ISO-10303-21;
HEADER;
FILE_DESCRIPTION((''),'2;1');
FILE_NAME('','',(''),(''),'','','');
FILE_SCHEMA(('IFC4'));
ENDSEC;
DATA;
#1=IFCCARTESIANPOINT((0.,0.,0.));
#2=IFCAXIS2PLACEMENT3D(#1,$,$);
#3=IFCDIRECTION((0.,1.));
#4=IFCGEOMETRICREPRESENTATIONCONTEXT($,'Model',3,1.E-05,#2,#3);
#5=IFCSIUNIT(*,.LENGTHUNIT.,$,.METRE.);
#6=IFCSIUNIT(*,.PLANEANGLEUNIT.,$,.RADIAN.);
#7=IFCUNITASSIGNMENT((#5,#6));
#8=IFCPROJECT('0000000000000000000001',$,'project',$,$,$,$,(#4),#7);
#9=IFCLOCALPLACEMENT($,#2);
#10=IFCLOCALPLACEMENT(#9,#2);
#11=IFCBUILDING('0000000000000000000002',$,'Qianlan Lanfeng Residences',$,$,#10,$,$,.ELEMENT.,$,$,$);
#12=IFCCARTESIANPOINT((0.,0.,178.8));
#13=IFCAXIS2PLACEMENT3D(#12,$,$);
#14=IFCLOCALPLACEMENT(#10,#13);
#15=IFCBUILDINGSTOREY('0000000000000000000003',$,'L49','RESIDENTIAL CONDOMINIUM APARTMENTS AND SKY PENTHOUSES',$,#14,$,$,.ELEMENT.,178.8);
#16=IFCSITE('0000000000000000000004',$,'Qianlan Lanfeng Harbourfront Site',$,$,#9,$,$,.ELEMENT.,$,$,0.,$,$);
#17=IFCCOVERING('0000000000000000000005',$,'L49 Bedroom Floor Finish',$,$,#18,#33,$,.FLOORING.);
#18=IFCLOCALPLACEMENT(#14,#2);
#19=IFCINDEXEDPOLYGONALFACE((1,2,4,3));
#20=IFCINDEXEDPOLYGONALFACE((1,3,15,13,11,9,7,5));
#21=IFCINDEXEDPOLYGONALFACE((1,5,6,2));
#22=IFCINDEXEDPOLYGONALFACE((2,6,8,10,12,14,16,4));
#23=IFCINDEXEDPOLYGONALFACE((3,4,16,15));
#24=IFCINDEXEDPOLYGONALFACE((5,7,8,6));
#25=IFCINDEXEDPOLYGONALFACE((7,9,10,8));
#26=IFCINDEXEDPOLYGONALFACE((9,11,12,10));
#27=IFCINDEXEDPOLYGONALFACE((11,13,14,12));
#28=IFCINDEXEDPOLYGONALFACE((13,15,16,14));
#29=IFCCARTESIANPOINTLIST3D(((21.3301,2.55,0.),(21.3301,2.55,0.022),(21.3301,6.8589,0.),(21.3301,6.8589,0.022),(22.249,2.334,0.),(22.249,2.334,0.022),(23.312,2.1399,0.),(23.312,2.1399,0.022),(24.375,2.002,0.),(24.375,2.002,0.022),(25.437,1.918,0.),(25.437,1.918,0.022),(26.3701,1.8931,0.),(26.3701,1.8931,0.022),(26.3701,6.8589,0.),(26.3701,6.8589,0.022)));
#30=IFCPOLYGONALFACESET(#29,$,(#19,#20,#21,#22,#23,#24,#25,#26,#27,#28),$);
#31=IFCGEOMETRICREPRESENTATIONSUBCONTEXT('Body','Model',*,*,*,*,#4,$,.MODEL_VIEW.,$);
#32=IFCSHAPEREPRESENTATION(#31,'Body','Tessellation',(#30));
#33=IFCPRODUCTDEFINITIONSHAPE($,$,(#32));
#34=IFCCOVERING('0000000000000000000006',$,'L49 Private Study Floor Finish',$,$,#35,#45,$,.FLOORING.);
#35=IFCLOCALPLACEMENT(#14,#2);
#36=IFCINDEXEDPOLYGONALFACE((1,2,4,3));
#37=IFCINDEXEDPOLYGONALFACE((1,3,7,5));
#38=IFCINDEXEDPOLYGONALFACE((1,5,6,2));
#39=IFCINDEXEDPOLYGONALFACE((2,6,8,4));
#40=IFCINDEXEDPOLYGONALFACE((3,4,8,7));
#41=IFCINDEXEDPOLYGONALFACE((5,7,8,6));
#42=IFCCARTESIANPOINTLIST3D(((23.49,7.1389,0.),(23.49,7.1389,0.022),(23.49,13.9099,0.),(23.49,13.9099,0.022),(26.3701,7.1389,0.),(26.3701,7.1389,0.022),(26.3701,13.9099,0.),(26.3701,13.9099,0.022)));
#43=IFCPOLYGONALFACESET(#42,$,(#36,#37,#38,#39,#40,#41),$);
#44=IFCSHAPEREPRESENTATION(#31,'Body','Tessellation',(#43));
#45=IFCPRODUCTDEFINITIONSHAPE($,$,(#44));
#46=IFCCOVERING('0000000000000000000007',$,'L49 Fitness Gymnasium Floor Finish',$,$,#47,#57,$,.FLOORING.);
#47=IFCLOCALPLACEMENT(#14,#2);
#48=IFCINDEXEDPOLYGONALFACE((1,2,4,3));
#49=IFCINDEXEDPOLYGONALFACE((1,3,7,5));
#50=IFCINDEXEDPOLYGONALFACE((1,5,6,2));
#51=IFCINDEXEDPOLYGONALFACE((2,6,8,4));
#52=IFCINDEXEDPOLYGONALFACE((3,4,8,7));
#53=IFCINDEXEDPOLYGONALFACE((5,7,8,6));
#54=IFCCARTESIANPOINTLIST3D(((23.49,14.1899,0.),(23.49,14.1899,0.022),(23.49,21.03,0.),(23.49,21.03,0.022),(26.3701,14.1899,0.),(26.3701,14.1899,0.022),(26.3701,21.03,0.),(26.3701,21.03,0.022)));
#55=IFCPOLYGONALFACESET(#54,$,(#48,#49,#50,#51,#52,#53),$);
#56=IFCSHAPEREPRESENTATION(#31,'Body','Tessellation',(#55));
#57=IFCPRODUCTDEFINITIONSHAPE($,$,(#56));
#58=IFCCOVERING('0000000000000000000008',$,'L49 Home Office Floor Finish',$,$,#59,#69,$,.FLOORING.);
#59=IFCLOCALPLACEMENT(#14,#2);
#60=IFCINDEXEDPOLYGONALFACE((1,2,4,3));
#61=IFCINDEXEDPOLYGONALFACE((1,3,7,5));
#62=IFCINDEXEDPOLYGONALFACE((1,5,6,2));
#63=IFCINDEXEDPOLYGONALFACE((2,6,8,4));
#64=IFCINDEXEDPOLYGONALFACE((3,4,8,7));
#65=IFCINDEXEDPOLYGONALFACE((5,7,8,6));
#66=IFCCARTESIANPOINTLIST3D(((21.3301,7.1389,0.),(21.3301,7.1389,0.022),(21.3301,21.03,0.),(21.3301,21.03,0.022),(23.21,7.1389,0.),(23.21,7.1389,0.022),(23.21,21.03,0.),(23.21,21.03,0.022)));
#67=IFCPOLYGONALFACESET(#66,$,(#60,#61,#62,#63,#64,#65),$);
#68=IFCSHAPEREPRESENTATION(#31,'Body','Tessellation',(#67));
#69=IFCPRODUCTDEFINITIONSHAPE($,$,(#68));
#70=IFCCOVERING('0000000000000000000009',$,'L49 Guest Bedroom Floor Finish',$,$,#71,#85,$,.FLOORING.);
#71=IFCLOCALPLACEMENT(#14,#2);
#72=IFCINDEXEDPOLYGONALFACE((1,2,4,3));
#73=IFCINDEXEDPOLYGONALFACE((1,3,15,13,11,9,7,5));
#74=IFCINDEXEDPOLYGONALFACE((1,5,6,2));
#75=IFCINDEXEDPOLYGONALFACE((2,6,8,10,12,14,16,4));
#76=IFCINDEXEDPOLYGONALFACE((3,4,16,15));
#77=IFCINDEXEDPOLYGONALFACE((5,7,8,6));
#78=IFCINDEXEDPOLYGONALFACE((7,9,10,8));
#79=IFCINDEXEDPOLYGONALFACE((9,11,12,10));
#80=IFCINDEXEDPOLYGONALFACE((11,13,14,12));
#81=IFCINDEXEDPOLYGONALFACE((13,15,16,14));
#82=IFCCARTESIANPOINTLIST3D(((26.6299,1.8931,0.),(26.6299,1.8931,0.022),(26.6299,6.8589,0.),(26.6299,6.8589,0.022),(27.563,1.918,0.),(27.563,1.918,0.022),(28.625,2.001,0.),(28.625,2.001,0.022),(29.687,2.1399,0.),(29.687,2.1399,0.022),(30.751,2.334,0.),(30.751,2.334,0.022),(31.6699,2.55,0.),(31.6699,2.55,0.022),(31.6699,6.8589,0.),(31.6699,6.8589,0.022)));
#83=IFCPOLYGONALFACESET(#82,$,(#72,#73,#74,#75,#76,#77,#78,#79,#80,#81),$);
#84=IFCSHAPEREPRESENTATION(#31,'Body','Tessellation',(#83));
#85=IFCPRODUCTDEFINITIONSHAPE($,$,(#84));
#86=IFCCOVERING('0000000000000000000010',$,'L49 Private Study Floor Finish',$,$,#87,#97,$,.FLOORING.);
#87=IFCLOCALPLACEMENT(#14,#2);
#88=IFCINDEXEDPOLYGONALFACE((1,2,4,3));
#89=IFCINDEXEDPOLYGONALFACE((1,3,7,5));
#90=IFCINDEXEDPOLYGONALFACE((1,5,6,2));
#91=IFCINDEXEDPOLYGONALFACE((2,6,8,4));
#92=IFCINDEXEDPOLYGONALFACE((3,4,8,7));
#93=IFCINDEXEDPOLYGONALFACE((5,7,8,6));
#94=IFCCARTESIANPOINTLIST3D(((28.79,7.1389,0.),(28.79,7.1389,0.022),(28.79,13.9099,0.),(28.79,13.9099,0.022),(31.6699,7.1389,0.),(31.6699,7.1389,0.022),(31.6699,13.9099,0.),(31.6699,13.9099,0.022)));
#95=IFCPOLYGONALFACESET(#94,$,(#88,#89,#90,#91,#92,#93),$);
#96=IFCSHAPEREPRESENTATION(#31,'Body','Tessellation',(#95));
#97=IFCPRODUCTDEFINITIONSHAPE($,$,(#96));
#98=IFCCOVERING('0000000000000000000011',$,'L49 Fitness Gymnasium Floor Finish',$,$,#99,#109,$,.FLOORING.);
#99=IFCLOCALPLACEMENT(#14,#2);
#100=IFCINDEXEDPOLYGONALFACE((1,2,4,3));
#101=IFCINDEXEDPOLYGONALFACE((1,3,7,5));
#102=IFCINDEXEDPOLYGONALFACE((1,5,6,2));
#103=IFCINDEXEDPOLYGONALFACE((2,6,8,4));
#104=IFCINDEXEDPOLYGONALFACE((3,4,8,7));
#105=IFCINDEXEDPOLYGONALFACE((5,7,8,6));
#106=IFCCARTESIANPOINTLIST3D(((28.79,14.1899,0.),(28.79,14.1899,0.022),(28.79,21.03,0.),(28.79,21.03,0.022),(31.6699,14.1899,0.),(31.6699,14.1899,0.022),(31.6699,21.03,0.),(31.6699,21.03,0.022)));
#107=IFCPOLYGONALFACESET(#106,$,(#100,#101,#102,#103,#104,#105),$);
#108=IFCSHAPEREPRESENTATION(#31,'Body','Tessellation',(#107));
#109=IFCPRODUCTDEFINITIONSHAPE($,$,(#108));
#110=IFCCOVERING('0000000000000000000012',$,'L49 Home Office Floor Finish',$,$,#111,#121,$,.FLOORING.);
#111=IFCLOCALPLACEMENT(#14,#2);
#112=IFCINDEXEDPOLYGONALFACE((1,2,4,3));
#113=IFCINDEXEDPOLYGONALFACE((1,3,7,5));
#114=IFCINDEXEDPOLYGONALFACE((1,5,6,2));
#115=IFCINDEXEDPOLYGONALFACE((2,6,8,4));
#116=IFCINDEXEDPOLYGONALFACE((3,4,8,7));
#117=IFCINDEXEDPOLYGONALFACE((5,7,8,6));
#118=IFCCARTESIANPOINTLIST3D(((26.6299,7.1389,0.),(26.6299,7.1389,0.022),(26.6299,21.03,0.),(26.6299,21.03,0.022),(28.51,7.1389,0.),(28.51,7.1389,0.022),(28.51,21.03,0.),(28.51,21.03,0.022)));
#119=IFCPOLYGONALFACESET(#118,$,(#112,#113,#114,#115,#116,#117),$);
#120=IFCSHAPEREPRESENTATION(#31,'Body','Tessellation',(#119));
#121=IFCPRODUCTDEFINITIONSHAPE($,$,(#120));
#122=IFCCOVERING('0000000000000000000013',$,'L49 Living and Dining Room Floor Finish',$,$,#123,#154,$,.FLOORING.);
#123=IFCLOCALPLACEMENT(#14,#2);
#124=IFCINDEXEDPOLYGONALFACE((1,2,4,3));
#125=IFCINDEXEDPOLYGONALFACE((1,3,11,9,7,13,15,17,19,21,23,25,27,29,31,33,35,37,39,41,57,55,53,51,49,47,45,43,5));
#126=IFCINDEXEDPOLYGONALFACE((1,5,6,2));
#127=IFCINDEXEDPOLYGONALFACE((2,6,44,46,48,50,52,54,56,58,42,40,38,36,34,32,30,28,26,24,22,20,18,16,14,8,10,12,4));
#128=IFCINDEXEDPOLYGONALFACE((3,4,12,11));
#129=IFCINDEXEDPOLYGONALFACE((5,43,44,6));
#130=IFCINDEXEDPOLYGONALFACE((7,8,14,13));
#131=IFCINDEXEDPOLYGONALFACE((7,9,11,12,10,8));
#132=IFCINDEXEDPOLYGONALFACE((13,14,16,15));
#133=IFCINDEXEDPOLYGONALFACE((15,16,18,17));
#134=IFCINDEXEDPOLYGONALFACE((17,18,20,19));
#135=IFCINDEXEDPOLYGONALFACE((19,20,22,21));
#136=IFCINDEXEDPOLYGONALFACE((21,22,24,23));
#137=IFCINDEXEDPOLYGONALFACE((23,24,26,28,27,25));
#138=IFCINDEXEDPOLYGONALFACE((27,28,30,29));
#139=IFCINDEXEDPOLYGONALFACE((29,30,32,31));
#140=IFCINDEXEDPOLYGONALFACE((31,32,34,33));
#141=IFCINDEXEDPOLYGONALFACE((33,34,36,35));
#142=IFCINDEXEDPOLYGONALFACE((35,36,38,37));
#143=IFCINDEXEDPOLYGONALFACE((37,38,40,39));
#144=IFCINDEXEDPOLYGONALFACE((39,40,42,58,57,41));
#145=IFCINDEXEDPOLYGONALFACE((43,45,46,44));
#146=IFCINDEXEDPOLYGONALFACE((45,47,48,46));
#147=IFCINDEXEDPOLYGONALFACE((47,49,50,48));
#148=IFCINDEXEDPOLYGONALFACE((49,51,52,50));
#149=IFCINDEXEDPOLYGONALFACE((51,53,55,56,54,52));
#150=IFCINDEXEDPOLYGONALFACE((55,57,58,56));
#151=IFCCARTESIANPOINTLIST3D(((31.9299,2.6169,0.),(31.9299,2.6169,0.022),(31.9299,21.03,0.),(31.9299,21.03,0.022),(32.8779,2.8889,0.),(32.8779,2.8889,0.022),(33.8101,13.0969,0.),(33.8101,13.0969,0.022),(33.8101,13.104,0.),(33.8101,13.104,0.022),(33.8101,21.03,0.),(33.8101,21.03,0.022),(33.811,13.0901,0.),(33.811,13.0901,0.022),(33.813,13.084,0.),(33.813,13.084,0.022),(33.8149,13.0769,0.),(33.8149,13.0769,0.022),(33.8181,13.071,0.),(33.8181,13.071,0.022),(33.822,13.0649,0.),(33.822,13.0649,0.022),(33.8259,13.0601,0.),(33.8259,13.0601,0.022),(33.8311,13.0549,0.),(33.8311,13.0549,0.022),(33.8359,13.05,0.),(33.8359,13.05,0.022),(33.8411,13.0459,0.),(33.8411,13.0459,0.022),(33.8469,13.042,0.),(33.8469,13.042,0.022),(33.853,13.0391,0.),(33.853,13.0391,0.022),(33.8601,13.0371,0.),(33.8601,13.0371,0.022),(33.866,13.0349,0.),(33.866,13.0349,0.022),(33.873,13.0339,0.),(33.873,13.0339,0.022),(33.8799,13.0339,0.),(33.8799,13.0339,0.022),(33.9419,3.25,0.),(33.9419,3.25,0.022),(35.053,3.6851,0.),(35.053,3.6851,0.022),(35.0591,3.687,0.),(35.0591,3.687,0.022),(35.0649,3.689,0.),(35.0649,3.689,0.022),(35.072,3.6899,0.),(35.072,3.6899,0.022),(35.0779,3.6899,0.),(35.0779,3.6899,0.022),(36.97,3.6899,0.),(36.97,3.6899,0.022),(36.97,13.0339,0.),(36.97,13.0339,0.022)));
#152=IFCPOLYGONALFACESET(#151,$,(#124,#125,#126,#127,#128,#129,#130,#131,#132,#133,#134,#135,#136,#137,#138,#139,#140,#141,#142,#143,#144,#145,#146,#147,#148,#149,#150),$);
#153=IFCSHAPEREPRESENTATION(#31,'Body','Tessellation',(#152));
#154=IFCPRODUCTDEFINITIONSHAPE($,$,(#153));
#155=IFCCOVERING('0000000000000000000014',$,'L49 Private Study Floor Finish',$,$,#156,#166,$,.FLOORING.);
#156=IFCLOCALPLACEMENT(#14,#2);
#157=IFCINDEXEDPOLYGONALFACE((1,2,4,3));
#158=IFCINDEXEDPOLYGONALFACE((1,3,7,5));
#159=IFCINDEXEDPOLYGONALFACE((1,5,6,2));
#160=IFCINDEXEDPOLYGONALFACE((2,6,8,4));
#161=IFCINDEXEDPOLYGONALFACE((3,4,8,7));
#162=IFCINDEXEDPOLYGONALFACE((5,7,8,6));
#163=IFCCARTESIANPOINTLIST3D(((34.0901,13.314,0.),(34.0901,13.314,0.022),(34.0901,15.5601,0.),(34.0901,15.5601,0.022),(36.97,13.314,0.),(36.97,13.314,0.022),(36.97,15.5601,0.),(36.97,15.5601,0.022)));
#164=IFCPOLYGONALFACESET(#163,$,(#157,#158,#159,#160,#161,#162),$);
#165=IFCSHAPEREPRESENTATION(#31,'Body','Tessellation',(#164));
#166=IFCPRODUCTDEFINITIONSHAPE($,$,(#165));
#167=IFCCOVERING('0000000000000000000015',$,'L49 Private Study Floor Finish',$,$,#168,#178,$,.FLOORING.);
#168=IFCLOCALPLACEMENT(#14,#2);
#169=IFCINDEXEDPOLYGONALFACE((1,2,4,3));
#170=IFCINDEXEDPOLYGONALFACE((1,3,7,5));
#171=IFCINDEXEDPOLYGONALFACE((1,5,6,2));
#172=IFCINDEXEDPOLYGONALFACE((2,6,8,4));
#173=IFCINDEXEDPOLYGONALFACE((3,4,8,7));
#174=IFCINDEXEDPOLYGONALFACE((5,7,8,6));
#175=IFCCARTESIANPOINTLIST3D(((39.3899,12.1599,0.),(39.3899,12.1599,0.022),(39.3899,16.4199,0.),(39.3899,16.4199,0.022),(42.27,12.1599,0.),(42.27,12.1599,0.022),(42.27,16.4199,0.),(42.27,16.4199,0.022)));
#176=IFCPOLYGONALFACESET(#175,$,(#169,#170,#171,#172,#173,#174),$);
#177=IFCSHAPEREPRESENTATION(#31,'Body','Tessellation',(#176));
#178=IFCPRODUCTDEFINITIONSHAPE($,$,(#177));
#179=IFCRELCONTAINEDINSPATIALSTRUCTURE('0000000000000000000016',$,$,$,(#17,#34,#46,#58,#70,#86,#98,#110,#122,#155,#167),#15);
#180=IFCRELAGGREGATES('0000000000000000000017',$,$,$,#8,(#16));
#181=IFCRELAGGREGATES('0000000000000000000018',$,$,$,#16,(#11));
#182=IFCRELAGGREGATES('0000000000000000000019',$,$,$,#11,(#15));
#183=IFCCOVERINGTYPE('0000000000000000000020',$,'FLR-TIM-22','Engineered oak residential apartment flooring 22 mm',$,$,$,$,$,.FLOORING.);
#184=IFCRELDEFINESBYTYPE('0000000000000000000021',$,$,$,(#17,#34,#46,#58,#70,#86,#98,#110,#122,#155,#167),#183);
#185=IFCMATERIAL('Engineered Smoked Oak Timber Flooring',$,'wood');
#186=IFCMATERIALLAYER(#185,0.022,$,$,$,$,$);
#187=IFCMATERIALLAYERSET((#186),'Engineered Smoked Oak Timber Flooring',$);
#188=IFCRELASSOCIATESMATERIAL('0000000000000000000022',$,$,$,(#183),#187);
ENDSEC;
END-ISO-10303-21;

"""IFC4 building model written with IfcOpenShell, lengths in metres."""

from ifc_helpers import new_model, si_unit, direction, frame, origin, place, context, subcontext, project, spatial, polyline, outline, extrude, material, layer, layer_set, type_object, element, save


model = new_model("IFC4")

# Units and contexts
model_context = context("Model", 3, precision=1e-05, world=origin(), true_north=direction((0.0, 1.0)))
body_context = subcontext(model_context, "Body", "Model", "MODEL_VIEW")
ifc_project = project(units=[si_unit("LENGTHUNIT", "METRE"), si_unit("PLANEANGLEUNIT", "RADIAN")], contexts=[model_context])

# Site, building, storey
site_placement = place(None, origin())
site = spatial("IfcSite", under=ifc_project, at=site_placement, Name="Qianlan Lanfeng Harbourfront Site", CompositionType="ELEMENT", RefElevation=0.0)
building_placement = place(site_placement, origin())
building = spatial("IfcBuilding", under=site, at=building_placement, Name="Qianlan Lanfeng Residences", CompositionType="ELEMENT")
storey_placement = place(building_placement, frame((0.0, 0.0, 178.8)))
storey = spatial("IfcBuildingStorey", under=building, at=storey_placement, Name="L49", Description="RESIDENTIAL CONDOMINIUM APARTMENTS AND SKY PENTHOUSES", CompositionType="ELEMENT", Elevation=178.8)

# Coverings
ifc_material_1 = material(Name="Engineered Smoked Oak Timber Flooring", Category="wood")
ifc_layer_1 = layer(ifc_material_1, 0.022)
ifc_layer_set_1 = layer_set([ifc_layer_1], Name="Engineered Smoked Oak Timber Flooring")
covering_type_1 = type_object("IfcCoveringType", Name="FLR-TIM-22", Description="Engineered oak residential apartment flooring 22 mm", PredefinedType="FLOORING", material=ifc_layer_set_1)
covering_1_placement = place(storey_placement, origin())
element("IfcCovering", 1, at=covering_1_placement, inside=storey, type_object=covering_type_1, Name="L49 Bedroom Floor Finish", PredefinedType="FLOORING", context=body_context, shape_type="SweptSolid", body=[
    extrude(outline(polyline([(21.3301, 6.8589), (21.3301, 2.55), (22.249, 2.334), (23.312, 2.1399), (24.375, 2.002), (25.437, 1.918), (26.3701, 1.8931), (26.3701, 6.8589), (21.3301, 6.8589)])), origin(), (0.0, 0.0, 1.0), 0.022),
])
covering_2_placement = place(storey_placement, origin())
element("IfcCovering", 2, at=covering_2_placement, inside=storey, type_object=covering_type_1, Name="L49 Private Study Floor Finish", PredefinedType="FLOORING", context=body_context, shape_type="SweptSolid", body=[
    extrude(outline(polyline([(23.49, 7.1389), (26.3701, 7.1389), (26.3701, 13.9099), (23.49, 13.9099), (23.49, 7.1389)])), origin(), (0.0, 0.0, 1.0), 0.022),
])
covering_3_placement = place(storey_placement, origin())
element("IfcCovering", 3, at=covering_3_placement, inside=storey, type_object=covering_type_1, Name="L49 Fitness Gymnasium Floor Finish", PredefinedType="FLOORING", context=body_context, shape_type="SweptSolid", body=[
    extrude(outline(polyline([(23.49, 14.1899), (26.3701, 14.1899), (26.3701, 21.03), (23.49, 21.03), (23.49, 14.1899)])), origin(), (0.0, 0.0, 1.0), 0.022),
])
covering_4_placement = place(storey_placement, origin())
element("IfcCovering", 4, at=covering_4_placement, inside=storey, type_object=covering_type_1, Name="L49 Home Office Floor Finish", PredefinedType="FLOORING", context=body_context, shape_type="SweptSolid", body=[
    extrude(outline(polyline([(21.3301, 7.1389), (23.21, 7.1389), (23.21, 21.03), (21.3301, 21.03), (21.3301, 7.1389)])), origin(), (0.0, 0.0, 1.0), 0.022),
])
covering_5_placement = place(storey_placement, origin())
element("IfcCovering", 5, at=covering_5_placement, inside=storey, type_object=covering_type_1, Name="L49 Guest Bedroom Floor Finish", PredefinedType="FLOORING", context=body_context, shape_type="SweptSolid", body=[
    extrude(outline(polyline([(26.6299, 6.8589), (26.6299, 1.8931), (27.563, 1.918), (28.625, 2.001), (29.687, 2.1399), (30.751, 2.334), (31.6699, 2.55), (31.6699, 6.8589), (26.6299, 6.8589)])), origin(), (0.0, 0.0, 1.0), 0.022),
])
covering_6_placement = place(storey_placement, origin())
element("IfcCovering", 6, at=covering_6_placement, inside=storey, type_object=covering_type_1, Name="L49 Private Study Floor Finish", PredefinedType="FLOORING", context=body_context, shape_type="SweptSolid", body=[
    extrude(outline(polyline([(28.79, 7.1389), (31.6699, 7.1389), (31.6699, 13.9099), (28.79, 13.9099), (28.79, 7.1389)])), origin(), (0.0, 0.0, 1.0), 0.022),
])
covering_7_placement = place(storey_placement, origin())
element("IfcCovering", 7, at=covering_7_placement, inside=storey, type_object=covering_type_1, Name="L49 Fitness Gymnasium Floor Finish", PredefinedType="FLOORING", context=body_context, shape_type="SweptSolid", body=[
    extrude(outline(polyline([(28.79, 14.1899), (31.6699, 14.1899), (31.6699, 21.03), (28.79, 21.03), (28.79, 14.1899)])), origin(), (0.0, 0.0, 1.0), 0.022),
])
covering_8_placement = place(storey_placement, origin())
element("IfcCovering", 8, at=covering_8_placement, inside=storey, type_object=covering_type_1, Name="L49 Home Office Floor Finish", PredefinedType="FLOORING", context=body_context, shape_type="SweptSolid", body=[
    extrude(outline(polyline([(26.6299, 7.1389), (28.51, 7.1389), (28.51, 21.03), (26.6299, 21.03), (26.6299, 7.1389)])), origin(), (0.0, 0.0, 1.0), 0.022),
])
covering_9_placement = place(storey_placement, origin())
element("IfcCovering", 9, at=covering_9_placement, inside=storey, type_object=covering_type_1, Name="L49 Living and Dining Room Floor Finish", PredefinedType="FLOORING", context=body_context, shape_type="SweptSolid", body=[
    extrude(outline(polyline([(36.97, 3.6899), (36.97, 13.0339), (33.8799, 13.0339), (33.873, 13.0339), (33.866, 13.0349), (33.8601, 13.0371), (33.853, 13.0391), (33.8469, 13.042), (33.8411, 13.0459), (33.8359, 13.05), (33.8311, 13.0549), (33.8259, 13.0601), (33.822, 13.0649), (33.8181, 13.071), (33.8149, 13.0769), (33.813, 13.084), (33.811, 13.0901), (33.8101, 13.0969), (33.8101, 13.104), (33.8101, 21.03), (31.9299, 21.03), (31.9299, 2.6169), (32.8779, 2.8889), (33.9419, 3.25), (35.053, 3.6851), (35.0591, 3.687), (35.0649, 3.689), (35.072, 3.6899), (35.0779, 3.6899), (36.97, 3.6899)])), origin(), (0.0, 0.0, 1.0), 0.022),
])
covering_10_placement = place(storey_placement, origin())
element("IfcCovering", 10, at=covering_10_placement, inside=storey, type_object=covering_type_1, Name="L49 Private Study Floor Finish", PredefinedType="FLOORING", context=body_context, shape_type="SweptSolid", body=[
    extrude(outline(polyline([(34.0901, 15.5601), (34.0901, 13.314), (36.97, 13.314), (36.97, 15.5601), (34.0901, 15.5601)])), origin(), (0.0, 0.0, 1.0), 0.022),
])
covering_11_placement = place(storey_placement, origin())
element("IfcCovering", 11, at=covering_11_placement, inside=storey, type_object=covering_type_1, Name="L49 Private Study Floor Finish", PredefinedType="FLOORING", context=body_context, shape_type="SweptSolid", body=[
    extrude(outline(polyline([(39.3899, 12.1599), (42.27, 12.1599), (42.27, 16.4199), (39.3899, 16.4199), (39.3899, 12.1599)])), origin(), (0.0, 0.0, 1.0), 0.022),
])

save(model, "model.ifc")
